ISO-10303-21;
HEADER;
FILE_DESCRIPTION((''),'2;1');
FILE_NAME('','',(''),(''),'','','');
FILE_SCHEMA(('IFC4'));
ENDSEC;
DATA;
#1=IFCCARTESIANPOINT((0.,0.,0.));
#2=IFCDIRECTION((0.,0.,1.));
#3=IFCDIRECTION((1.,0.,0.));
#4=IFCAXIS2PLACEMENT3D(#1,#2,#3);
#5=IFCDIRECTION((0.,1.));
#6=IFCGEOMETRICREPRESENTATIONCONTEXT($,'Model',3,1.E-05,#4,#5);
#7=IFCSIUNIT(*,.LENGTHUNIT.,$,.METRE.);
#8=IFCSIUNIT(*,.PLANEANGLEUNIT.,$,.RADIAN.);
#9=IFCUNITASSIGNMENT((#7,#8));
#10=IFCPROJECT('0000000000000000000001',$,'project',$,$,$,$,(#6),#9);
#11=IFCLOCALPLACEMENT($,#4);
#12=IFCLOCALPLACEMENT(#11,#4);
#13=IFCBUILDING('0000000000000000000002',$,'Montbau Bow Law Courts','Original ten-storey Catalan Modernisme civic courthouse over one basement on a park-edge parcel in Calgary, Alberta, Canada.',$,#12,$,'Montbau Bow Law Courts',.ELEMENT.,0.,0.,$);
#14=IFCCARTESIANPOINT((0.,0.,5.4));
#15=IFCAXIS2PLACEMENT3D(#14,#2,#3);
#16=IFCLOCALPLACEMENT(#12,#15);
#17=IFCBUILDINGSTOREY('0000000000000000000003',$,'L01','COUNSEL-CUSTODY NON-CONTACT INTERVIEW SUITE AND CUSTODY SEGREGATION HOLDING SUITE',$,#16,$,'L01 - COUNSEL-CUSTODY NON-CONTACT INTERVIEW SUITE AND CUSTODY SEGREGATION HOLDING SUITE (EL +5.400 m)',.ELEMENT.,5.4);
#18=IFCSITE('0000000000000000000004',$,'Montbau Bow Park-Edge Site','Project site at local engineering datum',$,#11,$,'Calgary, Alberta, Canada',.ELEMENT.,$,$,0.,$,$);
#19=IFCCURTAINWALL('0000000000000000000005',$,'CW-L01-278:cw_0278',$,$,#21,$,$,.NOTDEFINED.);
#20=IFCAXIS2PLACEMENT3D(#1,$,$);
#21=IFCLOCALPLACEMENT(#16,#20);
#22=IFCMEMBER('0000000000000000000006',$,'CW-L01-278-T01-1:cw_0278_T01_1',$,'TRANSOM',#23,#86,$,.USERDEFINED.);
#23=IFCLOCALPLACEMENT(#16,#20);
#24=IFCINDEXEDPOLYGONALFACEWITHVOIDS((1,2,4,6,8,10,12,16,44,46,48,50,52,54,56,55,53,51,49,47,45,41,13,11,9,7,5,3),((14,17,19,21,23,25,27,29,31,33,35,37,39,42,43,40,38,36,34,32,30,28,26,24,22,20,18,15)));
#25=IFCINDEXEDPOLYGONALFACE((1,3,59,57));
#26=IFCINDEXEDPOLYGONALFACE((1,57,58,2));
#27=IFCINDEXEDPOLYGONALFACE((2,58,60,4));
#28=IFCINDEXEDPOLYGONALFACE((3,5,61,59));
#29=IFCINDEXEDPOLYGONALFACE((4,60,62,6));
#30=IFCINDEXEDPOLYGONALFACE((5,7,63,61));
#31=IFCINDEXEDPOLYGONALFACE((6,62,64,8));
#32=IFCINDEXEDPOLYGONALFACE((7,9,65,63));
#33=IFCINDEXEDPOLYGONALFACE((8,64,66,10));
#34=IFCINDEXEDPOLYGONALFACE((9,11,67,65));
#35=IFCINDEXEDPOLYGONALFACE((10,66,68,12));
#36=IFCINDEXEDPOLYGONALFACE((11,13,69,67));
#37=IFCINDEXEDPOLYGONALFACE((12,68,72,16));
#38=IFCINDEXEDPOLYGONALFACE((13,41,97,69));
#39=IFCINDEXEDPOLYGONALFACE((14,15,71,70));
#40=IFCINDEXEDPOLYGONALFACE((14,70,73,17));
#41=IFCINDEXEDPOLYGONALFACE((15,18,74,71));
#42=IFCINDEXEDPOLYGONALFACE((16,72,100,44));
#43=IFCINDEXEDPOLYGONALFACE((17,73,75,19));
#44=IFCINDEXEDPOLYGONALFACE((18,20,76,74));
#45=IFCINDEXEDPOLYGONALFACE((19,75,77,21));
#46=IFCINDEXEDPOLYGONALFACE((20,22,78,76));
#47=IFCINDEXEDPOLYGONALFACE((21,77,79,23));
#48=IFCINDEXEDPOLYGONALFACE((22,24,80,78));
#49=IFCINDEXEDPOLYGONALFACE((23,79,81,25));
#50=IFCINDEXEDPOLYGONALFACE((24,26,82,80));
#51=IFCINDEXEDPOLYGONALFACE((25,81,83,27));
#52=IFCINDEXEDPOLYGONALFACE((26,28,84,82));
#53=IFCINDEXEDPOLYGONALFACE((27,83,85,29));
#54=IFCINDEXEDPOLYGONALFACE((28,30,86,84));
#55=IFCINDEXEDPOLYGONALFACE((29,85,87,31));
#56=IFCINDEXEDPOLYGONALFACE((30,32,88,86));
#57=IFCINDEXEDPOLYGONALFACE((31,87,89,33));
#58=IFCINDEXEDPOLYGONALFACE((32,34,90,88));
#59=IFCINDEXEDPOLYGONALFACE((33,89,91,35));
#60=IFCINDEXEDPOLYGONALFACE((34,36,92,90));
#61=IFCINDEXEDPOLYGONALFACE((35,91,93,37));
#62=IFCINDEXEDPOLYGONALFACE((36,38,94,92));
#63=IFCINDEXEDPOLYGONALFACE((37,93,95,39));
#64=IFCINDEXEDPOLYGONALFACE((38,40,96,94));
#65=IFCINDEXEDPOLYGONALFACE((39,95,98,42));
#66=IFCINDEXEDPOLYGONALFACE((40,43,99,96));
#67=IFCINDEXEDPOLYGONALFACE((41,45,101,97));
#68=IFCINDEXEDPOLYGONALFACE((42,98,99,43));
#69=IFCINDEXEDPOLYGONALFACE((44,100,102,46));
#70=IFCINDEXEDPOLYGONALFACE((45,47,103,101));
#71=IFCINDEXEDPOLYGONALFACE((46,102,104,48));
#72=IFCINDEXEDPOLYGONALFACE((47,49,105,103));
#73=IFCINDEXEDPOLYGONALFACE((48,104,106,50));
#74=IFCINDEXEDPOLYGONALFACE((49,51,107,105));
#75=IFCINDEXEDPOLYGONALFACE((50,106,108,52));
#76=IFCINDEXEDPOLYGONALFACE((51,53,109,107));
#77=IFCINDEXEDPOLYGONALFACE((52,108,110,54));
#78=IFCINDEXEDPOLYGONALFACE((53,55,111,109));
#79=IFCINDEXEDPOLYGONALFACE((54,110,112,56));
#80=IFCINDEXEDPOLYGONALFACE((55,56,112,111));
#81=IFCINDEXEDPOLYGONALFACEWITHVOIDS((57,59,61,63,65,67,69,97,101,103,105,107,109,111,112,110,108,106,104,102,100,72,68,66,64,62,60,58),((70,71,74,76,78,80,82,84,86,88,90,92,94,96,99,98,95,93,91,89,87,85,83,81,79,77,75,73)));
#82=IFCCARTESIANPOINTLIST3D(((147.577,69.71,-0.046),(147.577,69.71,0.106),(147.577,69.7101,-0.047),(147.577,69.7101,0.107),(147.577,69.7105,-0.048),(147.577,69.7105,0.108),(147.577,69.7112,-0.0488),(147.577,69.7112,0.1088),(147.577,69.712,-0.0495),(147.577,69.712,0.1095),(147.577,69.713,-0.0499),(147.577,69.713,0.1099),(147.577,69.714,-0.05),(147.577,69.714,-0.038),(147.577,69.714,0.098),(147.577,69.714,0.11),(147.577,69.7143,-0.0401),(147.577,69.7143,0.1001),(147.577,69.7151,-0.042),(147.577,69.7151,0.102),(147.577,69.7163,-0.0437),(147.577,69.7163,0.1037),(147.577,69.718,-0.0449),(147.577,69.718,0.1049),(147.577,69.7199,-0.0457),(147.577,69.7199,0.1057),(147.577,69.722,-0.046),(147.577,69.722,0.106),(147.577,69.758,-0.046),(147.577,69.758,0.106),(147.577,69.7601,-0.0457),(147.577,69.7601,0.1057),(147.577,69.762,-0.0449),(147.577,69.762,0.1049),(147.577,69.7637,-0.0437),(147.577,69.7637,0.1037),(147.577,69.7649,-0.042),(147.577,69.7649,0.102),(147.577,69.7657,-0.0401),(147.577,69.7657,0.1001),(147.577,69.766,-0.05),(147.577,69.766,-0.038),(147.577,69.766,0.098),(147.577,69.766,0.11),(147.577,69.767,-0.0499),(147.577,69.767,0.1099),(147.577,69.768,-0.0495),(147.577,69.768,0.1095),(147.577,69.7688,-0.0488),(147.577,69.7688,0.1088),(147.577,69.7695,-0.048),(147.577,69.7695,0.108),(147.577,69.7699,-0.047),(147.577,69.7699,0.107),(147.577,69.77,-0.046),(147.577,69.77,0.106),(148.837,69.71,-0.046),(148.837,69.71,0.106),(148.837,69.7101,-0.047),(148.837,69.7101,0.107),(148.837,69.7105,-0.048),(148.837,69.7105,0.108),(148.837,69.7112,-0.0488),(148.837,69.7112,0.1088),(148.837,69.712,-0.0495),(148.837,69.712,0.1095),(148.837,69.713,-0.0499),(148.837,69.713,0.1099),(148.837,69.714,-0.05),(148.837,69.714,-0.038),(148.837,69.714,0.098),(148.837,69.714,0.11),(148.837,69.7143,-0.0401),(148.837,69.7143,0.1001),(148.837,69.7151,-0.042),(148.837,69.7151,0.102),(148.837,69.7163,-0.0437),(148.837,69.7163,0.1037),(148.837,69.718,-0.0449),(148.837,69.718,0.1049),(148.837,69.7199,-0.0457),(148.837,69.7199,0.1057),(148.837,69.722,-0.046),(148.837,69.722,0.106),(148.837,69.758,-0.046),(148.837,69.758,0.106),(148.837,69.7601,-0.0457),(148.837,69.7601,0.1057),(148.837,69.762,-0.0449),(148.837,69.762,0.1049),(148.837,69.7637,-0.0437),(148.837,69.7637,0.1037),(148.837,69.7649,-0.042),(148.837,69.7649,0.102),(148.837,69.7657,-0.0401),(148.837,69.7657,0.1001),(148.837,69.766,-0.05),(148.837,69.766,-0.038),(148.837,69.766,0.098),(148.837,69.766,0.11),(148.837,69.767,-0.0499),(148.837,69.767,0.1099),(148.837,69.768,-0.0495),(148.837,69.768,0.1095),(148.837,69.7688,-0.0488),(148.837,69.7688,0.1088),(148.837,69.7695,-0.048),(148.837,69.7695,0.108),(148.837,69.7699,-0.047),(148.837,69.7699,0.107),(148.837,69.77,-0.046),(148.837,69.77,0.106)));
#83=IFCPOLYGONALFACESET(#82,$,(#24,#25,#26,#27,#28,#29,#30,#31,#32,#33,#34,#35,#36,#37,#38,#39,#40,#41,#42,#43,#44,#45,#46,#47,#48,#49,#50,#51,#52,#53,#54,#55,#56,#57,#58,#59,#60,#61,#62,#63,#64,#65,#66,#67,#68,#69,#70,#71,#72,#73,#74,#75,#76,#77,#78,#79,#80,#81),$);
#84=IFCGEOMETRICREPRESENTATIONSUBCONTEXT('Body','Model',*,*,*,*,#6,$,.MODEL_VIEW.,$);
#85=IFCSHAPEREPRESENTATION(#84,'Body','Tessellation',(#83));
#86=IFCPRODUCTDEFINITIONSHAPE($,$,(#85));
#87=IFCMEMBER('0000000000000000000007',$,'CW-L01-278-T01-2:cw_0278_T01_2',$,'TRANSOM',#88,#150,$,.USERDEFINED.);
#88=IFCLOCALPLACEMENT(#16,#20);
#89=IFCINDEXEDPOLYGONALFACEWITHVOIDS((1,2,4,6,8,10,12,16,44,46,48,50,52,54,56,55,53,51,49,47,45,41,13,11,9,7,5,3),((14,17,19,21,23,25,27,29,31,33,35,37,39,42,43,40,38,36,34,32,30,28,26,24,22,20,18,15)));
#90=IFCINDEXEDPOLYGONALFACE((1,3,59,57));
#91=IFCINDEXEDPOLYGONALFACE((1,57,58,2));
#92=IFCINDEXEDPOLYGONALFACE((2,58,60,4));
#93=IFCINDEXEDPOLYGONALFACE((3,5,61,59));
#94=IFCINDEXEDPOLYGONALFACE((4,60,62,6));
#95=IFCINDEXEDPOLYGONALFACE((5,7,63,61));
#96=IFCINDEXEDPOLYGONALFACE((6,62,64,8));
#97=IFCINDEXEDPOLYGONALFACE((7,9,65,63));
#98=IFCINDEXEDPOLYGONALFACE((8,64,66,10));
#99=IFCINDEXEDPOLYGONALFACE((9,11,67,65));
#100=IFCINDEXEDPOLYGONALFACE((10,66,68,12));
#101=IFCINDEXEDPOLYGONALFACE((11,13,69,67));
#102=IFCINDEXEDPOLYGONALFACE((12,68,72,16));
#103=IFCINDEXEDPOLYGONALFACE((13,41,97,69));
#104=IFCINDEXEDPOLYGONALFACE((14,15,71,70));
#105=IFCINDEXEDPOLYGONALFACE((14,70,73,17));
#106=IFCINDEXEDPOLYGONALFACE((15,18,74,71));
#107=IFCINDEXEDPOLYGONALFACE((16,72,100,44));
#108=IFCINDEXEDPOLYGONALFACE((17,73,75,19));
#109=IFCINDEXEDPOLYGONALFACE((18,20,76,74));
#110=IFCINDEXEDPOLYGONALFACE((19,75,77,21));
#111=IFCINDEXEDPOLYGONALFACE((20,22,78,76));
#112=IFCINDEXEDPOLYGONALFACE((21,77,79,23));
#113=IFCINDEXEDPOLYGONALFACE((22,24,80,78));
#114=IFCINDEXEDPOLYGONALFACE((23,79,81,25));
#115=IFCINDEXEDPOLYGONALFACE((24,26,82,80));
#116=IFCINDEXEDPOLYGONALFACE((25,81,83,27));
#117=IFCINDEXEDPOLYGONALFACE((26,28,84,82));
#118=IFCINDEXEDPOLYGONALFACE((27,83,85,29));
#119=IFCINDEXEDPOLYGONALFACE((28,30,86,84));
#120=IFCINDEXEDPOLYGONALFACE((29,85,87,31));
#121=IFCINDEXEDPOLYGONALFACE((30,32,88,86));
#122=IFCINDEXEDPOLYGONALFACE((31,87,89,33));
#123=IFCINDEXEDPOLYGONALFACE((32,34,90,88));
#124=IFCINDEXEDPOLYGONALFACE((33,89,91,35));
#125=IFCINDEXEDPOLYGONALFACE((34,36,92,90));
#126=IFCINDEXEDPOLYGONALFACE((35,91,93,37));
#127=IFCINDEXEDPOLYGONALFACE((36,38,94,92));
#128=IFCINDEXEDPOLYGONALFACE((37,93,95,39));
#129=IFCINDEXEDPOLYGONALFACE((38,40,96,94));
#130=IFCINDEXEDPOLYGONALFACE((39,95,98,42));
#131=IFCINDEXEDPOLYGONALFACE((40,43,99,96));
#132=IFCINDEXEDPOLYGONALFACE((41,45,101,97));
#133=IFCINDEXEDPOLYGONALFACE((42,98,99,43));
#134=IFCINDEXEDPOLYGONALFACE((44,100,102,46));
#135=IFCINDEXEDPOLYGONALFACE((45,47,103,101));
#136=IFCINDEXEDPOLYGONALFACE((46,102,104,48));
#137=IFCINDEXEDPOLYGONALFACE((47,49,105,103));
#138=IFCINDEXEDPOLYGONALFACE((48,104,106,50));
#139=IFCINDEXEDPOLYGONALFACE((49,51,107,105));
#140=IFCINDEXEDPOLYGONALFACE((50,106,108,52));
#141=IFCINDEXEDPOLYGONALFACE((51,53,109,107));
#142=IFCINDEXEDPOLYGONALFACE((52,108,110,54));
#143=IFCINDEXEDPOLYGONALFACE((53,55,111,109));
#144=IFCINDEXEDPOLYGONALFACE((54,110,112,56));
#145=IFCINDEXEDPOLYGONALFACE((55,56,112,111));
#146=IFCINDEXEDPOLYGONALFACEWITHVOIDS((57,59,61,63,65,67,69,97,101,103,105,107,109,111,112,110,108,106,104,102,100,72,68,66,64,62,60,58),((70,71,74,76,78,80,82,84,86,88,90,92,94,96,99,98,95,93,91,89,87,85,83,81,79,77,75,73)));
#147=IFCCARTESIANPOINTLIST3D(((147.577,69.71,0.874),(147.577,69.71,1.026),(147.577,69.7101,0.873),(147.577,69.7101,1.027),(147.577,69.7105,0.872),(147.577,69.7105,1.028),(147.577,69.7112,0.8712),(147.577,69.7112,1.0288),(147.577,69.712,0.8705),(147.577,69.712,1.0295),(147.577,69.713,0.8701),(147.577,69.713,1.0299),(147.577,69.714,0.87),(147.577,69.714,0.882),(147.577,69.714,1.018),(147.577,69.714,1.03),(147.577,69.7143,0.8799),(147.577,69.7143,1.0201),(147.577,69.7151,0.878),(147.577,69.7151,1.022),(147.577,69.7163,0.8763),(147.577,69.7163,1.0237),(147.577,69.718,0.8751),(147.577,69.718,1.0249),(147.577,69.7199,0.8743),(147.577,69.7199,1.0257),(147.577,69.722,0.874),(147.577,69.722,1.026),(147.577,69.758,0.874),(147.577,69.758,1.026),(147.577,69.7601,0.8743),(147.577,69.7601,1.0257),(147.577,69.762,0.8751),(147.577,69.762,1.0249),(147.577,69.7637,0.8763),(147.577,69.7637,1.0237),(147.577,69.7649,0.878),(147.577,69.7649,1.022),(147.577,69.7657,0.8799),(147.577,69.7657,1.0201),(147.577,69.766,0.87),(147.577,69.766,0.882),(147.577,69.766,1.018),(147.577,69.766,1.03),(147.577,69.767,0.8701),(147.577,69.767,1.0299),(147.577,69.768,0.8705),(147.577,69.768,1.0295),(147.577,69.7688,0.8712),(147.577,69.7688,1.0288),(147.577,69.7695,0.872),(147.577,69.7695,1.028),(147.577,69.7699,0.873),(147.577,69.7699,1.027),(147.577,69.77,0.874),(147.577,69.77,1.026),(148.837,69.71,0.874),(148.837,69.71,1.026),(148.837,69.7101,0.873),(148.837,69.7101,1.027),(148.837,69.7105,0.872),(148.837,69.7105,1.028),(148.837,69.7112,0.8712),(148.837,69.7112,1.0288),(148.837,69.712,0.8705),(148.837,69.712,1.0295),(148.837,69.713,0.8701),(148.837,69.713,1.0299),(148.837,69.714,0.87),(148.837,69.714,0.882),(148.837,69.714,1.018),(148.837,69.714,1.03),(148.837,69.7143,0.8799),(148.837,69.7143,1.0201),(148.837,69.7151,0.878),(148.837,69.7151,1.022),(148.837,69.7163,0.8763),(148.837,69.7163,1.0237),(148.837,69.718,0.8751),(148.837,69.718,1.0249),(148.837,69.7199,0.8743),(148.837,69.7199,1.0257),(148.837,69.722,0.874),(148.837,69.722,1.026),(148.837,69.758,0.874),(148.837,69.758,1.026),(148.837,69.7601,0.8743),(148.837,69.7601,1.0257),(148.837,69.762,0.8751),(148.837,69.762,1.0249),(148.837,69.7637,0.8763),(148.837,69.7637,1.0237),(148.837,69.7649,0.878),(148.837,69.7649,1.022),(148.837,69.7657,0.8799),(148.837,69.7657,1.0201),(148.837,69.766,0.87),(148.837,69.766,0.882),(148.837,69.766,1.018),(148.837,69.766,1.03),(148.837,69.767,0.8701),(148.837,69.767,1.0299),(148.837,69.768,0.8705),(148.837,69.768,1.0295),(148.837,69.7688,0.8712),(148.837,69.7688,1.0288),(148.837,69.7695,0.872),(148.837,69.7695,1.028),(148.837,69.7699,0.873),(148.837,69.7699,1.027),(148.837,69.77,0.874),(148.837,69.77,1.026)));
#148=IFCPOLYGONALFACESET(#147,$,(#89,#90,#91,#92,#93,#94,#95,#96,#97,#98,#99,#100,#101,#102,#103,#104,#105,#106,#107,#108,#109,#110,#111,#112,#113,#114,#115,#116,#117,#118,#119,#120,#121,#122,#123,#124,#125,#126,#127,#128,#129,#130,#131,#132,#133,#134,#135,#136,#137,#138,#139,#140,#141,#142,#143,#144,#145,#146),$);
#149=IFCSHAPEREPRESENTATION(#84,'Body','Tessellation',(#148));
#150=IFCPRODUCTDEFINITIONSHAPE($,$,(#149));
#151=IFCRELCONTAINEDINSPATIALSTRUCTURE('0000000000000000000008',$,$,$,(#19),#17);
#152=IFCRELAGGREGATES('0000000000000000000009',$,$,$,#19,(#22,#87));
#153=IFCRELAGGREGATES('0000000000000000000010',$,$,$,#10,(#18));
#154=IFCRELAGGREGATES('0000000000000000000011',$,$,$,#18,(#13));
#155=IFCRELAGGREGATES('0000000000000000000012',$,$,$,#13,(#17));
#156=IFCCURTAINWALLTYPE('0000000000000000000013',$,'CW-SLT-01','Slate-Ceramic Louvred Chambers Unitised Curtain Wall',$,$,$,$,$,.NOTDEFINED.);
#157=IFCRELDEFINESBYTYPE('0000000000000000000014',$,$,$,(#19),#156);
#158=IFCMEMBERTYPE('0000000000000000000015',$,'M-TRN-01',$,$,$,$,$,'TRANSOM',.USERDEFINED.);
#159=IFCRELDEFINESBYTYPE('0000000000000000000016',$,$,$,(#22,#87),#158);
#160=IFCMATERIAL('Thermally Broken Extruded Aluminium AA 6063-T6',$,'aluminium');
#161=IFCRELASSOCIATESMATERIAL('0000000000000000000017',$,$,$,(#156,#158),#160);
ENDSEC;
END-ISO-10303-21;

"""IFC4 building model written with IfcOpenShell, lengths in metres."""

from ifc_helpers import new_model, si_unit, direction, frame, origin_with_axes, origin_2d_with_axis, place, context, subcontext, project, spatial, hollow_rectangle, extrude, material, material_profile, profile_set, type_object, element, aggregate, save


model = new_model("IFC4")

# Units and contexts
model_context = context("Model", 3, precision=1e-05, world=origin_with_axes(), true_north=direction((0.0, 1.0)))
body_context = subcontext(model_context, "Body", "Model", "MODEL_VIEW")
ifc_project = project(units=[si_unit("LENGTHUNIT", "METRE"), si_unit("PLANEANGLEUNIT", "RADIAN")], contexts=[model_context])

# Site, building, storey
site_placement = place(None, origin_with_axes())
site = spatial("IfcSite", under=ifc_project, at=site_placement, Name="Montbau Bow Park-Edge Site", Description="Project site at local engineering datum", LongName="Calgary, Alberta, Canada", CompositionType="ELEMENT", RefElevation=0.0)
building_placement = place(site_placement, origin_with_axes())
building = spatial("IfcBuilding", under=site, at=building_placement, Name="Montbau Bow Law Courts", Description="Original ten-storey Catalan Modernisme civic courthouse over one basement on a park-edge parcel in Calgary, Alberta, Canada.", LongName="Montbau Bow Law Courts", CompositionType="ELEMENT", ElevationOfRefHeight=0.0, ElevationOfTerrain=0.0)
storey_placement = place(building_placement, frame((0.0, 0.0, 5.4), z_axis=(0.0, 0.0, 1.0), x_axis=(1.0, 0.0, 0.0)))
storey = spatial("IfcBuildingStorey", under=building, at=storey_placement, Name="L01", Description="COUNSEL-CUSTODY NON-CONTACT INTERVIEW SUITE AND CUSTODY SEGREGATION HOLDING SUITE", LongName="L01 - COUNSEL-CUSTODY NON-CONTACT INTERVIEW SUITE AND CUSTODY SEGREGATION HOLDING SUITE (EL +5.400 m)", CompositionType="ELEMENT", Elevation=5.4)

# Curtain wall, members
ifc_material_1 = material(Name="Thermally Broken Extruded Aluminium AA 6063-T6", Category="aluminium")
curtain_wall_type = type_object("IfcCurtainWallType", Name="CW-SLT-01", Description="Slate-Ceramic Louvred Chambers Unitised Curtain Wall", PredefinedType="NOTDEFINED", material=ifc_material_1)
curtain_wall_1_placement = place(None, frame((147.515, 69.74, 5.4), z_axis=(0.0, 0.0, 1.0), x_axis=(1.0, 0.0, 0.0)))
curtain_wall_1 = element("IfcCurtainWall", 1, at=curtain_wall_1_placement, inside=storey, type_object=curtain_wall_type, Name="CW-L01-278:cw_0278", PredefinedType="NOTDEFINED")
ifc_material_profile_1 = material_profile(ifc_material_1, hollow_rectangle(XDim=0.06, YDim=0.16, WallThickness=0.004, InnerFilletRadius=0.008, OuterFilletRadius=0.004, at=origin_2d_with_axis()), Name="CWT-160X60", Category="Main", Priority=0)
ifc_profile_set_1 = profile_set([ifc_material_profile_1], Name="Thermally Broken Extruded Aluminium AA 6063-T6")
member_type_1 = type_object("IfcMemberType", Name="M-TRN-01", ElementType="TRANSOM", PredefinedType="USERDEFINED", material=ifc_profile_set_1)
member_1_placement = place(None, frame((147.577, 69.74, 5.43), z_axis=(1.0, 0.0, 0.0), x_axis=(0.0, 1.0, 0.0)))
member_1 = element("IfcMember", 2, at=member_1_placement, type_object=member_type_1, Name="CW-L01-278-T01-1:cw_0278_T01_1", ObjectType="TRANSOM", PredefinedType="USERDEFINED", context=body_context, shape_type="SweptSolid", body=[
    extrude(hollow_rectangle(XDim=0.06, YDim=0.16, WallThickness=0.004, InnerFilletRadius=0.008, OuterFilletRadius=0.004, at=origin_2d_with_axis()), origin_with_axes(), (0.0, 0.0, 1.0), 1.26),
])
member_2_placement = place(None, frame((147.577, 69.74, 6.35), z_axis=(1.0, 0.0, 0.0), x_axis=(0.0, 1.0, 0.0)))
member_2 = element("IfcMember", 3, at=member_2_placement, type_object=member_type_1, Name="CW-L01-278-T01-2:cw_0278_T01_2", ObjectType="TRANSOM", PredefinedType="USERDEFINED", context=body_context, shape_type="SweptSolid", body=[
    extrude(hollow_rectangle(XDim=0.06, YDim=0.16, WallThickness=0.004, InnerFilletRadius=0.008, OuterFilletRadius=0.004, at=origin_2d_with_axis()), origin_with_axes(), (0.0, 0.0, 1.0), 1.26),
])

aggregate(curtain_wall_1, [member_1, member_2])

save(model, "model.ifc")
